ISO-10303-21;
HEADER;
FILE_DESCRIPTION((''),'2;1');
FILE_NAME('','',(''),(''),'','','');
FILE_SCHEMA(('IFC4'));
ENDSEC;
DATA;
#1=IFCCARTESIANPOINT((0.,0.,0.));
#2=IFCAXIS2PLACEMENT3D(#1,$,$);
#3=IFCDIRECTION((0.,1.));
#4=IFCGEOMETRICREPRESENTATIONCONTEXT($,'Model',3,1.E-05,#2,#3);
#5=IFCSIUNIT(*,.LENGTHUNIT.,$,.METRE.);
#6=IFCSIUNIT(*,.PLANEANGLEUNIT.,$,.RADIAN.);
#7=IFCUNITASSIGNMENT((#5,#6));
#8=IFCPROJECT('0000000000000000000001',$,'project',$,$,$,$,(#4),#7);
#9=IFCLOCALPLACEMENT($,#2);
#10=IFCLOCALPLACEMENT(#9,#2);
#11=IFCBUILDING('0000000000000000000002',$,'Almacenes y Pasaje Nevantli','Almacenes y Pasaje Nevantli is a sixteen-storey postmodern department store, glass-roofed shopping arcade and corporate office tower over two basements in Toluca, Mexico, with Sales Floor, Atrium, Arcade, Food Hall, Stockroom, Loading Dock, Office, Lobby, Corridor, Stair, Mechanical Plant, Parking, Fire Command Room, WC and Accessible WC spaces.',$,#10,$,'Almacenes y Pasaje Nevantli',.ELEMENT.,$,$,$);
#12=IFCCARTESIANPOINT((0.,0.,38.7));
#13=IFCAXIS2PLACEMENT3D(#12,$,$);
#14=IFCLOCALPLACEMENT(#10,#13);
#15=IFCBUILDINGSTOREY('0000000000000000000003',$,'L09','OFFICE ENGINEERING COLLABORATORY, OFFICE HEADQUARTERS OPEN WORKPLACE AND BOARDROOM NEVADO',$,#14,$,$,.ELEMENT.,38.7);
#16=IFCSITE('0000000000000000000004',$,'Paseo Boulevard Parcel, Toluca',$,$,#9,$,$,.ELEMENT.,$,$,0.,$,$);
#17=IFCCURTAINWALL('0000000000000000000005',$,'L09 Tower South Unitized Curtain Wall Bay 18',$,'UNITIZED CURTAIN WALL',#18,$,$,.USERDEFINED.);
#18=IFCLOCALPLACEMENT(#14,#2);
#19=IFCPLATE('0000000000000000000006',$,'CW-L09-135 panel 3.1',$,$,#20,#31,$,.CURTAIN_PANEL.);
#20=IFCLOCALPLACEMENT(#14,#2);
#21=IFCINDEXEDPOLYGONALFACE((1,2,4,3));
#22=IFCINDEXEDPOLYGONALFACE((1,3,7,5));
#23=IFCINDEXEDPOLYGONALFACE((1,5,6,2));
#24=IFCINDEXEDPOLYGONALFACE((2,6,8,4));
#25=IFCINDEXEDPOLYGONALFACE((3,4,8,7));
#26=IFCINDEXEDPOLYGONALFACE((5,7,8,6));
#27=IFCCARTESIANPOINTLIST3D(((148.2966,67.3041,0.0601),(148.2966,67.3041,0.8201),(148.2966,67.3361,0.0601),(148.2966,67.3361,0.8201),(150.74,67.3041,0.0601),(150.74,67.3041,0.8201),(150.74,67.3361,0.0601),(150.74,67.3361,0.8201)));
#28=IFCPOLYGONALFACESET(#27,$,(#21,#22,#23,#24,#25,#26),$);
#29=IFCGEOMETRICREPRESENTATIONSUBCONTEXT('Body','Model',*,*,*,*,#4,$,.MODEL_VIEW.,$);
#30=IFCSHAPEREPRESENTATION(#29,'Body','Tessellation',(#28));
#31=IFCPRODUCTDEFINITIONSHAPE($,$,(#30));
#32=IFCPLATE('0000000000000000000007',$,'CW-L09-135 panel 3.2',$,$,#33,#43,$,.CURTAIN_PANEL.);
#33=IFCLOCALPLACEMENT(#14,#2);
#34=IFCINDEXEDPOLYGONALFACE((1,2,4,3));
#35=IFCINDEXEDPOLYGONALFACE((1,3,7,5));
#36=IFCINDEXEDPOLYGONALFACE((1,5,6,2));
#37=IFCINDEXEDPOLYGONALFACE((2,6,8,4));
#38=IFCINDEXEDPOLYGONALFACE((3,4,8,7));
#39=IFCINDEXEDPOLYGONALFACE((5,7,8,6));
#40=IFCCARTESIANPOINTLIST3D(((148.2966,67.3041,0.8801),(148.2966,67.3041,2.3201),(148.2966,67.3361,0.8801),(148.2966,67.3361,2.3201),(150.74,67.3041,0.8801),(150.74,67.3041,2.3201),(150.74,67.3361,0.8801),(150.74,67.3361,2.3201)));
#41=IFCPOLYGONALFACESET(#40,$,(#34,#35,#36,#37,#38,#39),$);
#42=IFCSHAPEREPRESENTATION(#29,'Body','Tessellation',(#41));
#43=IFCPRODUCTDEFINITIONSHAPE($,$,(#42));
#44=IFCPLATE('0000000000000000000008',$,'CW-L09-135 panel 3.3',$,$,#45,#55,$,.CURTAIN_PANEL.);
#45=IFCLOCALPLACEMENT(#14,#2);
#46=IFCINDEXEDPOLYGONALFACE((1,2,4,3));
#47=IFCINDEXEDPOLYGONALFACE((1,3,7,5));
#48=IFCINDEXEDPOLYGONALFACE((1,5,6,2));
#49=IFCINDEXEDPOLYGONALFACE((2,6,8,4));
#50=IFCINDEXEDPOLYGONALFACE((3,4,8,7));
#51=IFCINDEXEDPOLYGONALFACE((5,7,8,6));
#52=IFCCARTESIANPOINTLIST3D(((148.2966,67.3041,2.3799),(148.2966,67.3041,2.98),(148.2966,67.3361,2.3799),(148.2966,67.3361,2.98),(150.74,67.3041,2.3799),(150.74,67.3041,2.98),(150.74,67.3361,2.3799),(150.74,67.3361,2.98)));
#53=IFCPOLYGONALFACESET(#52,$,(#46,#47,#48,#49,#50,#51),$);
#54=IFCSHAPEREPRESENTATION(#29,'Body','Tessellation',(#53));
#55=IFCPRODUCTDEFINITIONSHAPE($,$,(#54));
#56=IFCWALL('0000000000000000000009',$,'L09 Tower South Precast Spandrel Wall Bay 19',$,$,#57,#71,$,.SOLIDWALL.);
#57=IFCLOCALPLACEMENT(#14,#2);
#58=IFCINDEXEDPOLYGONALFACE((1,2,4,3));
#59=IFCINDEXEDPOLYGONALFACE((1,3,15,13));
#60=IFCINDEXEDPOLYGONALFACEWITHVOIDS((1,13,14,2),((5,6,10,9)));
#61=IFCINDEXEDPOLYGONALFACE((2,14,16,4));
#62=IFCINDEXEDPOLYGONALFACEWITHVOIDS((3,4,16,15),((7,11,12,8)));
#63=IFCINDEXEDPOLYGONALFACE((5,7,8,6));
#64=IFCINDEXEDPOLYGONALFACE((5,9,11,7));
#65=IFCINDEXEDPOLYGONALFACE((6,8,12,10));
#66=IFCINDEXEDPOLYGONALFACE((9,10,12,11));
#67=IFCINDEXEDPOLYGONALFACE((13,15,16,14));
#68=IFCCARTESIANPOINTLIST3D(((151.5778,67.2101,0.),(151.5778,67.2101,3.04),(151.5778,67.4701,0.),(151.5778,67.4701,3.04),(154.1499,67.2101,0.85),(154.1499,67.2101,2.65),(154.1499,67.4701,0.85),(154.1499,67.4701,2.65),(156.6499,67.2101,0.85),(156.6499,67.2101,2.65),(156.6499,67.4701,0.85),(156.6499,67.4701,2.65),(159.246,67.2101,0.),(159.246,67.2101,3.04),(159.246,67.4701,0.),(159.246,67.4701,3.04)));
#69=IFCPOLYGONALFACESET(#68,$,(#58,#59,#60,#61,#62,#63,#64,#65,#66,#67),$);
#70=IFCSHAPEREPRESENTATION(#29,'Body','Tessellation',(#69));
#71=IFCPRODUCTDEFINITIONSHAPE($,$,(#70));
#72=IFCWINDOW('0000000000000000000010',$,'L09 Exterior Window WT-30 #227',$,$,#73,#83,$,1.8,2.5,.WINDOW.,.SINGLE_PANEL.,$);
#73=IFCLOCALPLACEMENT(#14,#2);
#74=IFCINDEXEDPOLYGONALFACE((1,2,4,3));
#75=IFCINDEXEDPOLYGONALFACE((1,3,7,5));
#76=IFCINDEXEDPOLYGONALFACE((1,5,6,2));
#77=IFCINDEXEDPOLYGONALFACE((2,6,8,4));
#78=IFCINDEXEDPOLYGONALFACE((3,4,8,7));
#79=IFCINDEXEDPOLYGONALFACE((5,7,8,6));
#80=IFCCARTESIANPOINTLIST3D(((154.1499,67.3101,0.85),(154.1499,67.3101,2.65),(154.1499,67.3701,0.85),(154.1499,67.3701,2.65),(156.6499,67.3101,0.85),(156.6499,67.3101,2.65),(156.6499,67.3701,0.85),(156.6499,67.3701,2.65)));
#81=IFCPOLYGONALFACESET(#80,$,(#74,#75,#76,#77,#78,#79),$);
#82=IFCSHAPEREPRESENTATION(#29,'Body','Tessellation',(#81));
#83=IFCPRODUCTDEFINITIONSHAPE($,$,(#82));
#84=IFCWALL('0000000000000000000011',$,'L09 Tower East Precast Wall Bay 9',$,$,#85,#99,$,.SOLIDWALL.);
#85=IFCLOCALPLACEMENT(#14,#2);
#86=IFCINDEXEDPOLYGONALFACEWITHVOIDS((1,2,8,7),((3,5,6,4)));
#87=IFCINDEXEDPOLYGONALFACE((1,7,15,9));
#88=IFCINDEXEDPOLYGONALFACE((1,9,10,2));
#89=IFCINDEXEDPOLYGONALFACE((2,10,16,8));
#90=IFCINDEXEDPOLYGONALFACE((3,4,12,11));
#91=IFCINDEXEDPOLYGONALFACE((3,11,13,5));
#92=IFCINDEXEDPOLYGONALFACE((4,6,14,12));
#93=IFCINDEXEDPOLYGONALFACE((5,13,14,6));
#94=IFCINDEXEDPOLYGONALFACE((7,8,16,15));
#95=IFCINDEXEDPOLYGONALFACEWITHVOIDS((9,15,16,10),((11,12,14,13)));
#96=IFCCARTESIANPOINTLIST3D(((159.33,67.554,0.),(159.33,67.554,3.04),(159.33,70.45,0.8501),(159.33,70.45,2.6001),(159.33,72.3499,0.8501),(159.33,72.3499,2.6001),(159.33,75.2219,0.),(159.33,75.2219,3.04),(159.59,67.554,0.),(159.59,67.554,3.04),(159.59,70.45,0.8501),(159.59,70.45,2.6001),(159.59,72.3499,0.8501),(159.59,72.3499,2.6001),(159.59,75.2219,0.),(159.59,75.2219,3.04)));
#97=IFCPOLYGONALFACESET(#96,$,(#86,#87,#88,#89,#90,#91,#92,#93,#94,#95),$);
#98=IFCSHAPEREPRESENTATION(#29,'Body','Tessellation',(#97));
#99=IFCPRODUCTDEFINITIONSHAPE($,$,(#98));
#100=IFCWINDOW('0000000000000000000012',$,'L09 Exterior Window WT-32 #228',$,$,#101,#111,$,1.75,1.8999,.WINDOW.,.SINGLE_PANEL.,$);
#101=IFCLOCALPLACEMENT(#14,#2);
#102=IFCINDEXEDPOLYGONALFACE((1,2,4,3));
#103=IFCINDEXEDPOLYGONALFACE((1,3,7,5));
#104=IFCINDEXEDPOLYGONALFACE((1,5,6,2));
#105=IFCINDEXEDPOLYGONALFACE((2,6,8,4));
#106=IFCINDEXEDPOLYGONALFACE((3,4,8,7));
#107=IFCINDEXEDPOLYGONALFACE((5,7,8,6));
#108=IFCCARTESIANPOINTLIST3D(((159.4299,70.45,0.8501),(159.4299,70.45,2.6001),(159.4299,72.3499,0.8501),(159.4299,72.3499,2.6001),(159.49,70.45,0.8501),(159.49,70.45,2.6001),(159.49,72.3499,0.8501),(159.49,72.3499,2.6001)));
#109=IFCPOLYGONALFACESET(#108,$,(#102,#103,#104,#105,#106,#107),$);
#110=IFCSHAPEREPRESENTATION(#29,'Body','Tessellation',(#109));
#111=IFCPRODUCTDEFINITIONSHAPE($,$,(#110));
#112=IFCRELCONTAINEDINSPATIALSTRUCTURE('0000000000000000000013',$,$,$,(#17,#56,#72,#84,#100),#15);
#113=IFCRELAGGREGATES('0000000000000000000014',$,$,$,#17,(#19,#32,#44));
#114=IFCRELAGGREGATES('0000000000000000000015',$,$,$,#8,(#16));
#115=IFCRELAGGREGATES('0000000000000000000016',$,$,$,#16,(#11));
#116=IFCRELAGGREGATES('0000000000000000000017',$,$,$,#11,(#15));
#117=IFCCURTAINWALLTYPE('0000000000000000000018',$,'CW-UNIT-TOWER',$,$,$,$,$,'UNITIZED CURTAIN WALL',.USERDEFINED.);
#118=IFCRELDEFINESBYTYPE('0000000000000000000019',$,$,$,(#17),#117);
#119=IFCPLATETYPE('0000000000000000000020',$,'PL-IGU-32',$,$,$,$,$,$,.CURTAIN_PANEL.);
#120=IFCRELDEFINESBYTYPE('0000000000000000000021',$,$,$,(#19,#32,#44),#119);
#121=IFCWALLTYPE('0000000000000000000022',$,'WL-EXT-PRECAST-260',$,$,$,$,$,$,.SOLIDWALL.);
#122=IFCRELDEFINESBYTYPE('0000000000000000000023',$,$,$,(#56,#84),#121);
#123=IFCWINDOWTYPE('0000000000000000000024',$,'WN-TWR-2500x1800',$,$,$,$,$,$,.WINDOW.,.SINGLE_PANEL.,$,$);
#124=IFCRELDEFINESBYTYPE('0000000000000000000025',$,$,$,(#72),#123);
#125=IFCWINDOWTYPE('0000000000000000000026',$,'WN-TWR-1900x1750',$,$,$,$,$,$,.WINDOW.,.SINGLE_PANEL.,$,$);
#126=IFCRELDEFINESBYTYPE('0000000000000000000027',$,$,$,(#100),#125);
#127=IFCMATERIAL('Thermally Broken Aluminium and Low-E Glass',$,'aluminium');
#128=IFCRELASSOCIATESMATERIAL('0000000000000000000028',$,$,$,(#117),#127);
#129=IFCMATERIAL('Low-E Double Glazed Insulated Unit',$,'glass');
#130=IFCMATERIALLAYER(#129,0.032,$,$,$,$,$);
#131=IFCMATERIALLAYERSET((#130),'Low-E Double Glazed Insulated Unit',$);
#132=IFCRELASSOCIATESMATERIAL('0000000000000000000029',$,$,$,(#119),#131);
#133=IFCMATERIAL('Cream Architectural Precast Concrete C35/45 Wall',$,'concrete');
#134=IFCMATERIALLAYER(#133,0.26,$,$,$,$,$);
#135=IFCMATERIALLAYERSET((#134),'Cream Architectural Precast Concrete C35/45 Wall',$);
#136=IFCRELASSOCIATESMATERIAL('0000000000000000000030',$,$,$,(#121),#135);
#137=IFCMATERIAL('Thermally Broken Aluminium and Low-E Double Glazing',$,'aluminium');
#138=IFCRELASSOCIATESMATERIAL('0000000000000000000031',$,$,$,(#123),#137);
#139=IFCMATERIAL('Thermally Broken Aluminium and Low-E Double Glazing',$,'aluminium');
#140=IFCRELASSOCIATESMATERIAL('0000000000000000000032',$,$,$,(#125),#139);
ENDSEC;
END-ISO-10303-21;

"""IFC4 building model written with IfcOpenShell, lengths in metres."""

from ifc_helpers import new_model, si_unit, direction, frame, frame_2d, origin, origin_2d, place, context, subcontext, project, spatial, rectangle, extrude, material, layer, layer_set, type_object, element, fill, aggregate, save


model = new_model("IFC4")

# Units and contexts
model_context = context("Model", 3, precision=1e-05, world=origin(), true_north=direction((0.0, 1.0)))
body_context = subcontext(model_context, "Body", "Model", "MODEL_VIEW")
ifc_project = project(units=[si_unit("LENGTHUNIT", "METRE"), si_unit("PLANEANGLEUNIT", "RADIAN")], contexts=[model_context])

# Site, building, storey
site_placement = place(None, origin())
site = spatial("IfcSite", under=ifc_project, at=site_placement, Name="Paseo Boulevard Parcel, Toluca", CompositionType="ELEMENT", RefElevation=0.0)
building_placement = place(site_placement, origin())
building = spatial("IfcBuilding", under=site, at=building_placement, Name="Almacenes y Pasaje Nevantli", Description="Almacenes y Pasaje Nevantli is a sixteen-storey postmodern department store, glass-roofed shopping arcade and corporate office tower over two basements in Toluca, Mexico, with Sales Floor, Atrium, Arcade, Food Hall, Stockroom, Loading Dock, Office, Lobby, Corridor, Stair, Mechanical Plant, Parking, Fire Command Room, WC and Accessible WC spaces.", LongName="Almacenes y Pasaje Nevantli", CompositionType="ELEMENT")
storey_placement = place(building_placement, frame((0.0, 0.0, 38.7)))
storey = spatial("IfcBuildingStorey", under=building, at=storey_placement, Name="L09", Description="OFFICE ENGINEERING COLLABORATORY, OFFICE HEADQUARTERS OPEN WORKPLACE AND BOARDROOM NEVADO", CompositionType="ELEMENT", Elevation=38.7)

# Curtain wall
ifc_material_1 = material(Name="Thermally Broken Aluminium and Low-E Glass", Category="aluminium")
curtain_wall_type = type_object("IfcCurtainWallType", Name="CW-UNIT-TOWER", ElementType="UNITIZED CURTAIN WALL", PredefinedType="USERDEFINED", material=ifc_material_1)
curtain_wall_1_placement = place(storey_placement, origin())
curtain_wall_1 = element("IfcCurtainWall", 1, at=curtain_wall_1_placement, inside=storey, type_object=curtain_wall_type, Name="L09 Tower South Unitized Curtain Wall Bay 18", ObjectType="UNITIZED CURTAIN WALL", PredefinedType="USERDEFINED")

# Plates
ifc_material_2 = material(Name="Low-E Double Glazed Insulated Unit", Category="glass")
ifc_layer_1 = layer(ifc_material_2, 0.032)
ifc_layer_set_1 = layer_set([ifc_layer_1], Name="Low-E Double Glazed Insulated Unit")
plate_type = type_object("IfcPlateType", Name="PL-IGU-32", PredefinedType="CURTAIN_PANEL", material=ifc_layer_set_1)
plate_1_placement = place(storey_placement, frame((149.5183, 67.3201, 0.0601), z_axis=(0.0, 0.0, 1.0), x_axis=(1.0, 0.0, 0.0)))
plate_1 = element("IfcPlate", 2, at=plate_1_placement, type_object=plate_type, Name="CW-L09-135 panel 3.1", PredefinedType="CURTAIN_PANEL", context=body_context, shape_type="SweptSolid", body=[
    extrude(rectangle(XDim=2.4434, YDim=0.032, at=origin_2d()), origin(), (0.0, 0.0, 1.0), 0.76),
])
plate_2_placement = place(storey_placement, frame((149.5183, 67.3201, 0.8801), z_axis=(0.0, 0.0, 1.0), x_axis=(1.0, 0.0, 0.0)))
plate_2 = element("IfcPlate", 3, at=plate_2_placement, type_object=plate_type, Name="CW-L09-135 panel 3.2", PredefinedType="CURTAIN_PANEL", context=body_context, shape_type="SweptSolid", body=[
    extrude(rectangle(XDim=2.4434, YDim=0.032, at=origin_2d()), origin(), (0.0, 0.0, 1.0), 1.4399),
])
plate_3_placement = place(storey_placement, frame((149.5183, 67.3201, 2.3799), z_axis=(0.0, 0.0, 1.0), x_axis=(1.0, 0.0, 0.0)))
plate_3 = element("IfcPlate", 4, at=plate_3_placement, type_object=plate_type, Name="CW-L09-135 panel 3.3", PredefinedType="CURTAIN_PANEL", context=body_context, shape_type="SweptSolid", body=[
    extrude(rectangle(XDim=2.4434, YDim=0.032, at=origin_2d()), origin(), (0.0, 0.0, 1.0), 0.6001),
])
aggregate(curtain_wall_1, [plate_1, plate_2, plate_3])

# Walls, openings, windows
ifc_material_3 = material(Name="Cream Architectural Precast Concrete C35/45 Wall", Category="concrete")
ifc_layer_2 = layer(ifc_material_3, 0.26)
ifc_layer_set_2 = layer_set([ifc_layer_2], Name="Cream Architectural Precast Concrete C35/45 Wall")
wall_type = type_object("IfcWallType", Name="WL-EXT-PRECAST-260", PredefinedType="SOLIDWALL", material=ifc_layer_set_2)
wall_1_placement = place(storey_placement, frame((151.5779, 67.3401, 0.0), z_axis=(0.0, 0.0, 1.0), x_axis=(1.0, 0.0, 0.0)))
wall_1 = element("IfcWall", 5, at=wall_1_placement, inside=storey, type_object=wall_type, Name="L09 Tower South Precast Spandrel Wall Bay 19", PredefinedType="SOLIDWALL", context=body_context, shape_type="SweptSolid", body=[
    extrude(rectangle(XDim=7.6682, YDim=0.26, at=frame_2d((3.834, 0.0))), origin(), (0.0, 0.0, 1.0), 3.04),
])
opening_1_placement = place(wall_1_placement, frame((2.572, 0.0, 0.8501)))
opening_1 = element("IfcOpeningElement", 6, at=opening_1_placement, cuts=wall_1, PredefinedType="OPENING", context=body_context, shape_type="SweptSolid", body=[
    extrude(rectangle(XDim=2.5, YDim=1.8, at=frame_2d((1.25, 0.8999))), frame((0.0, 0.1399, 0.0), z_axis=(0.0, -1.0, 0.0), x_axis=(1.0, 0.0, 0.0)), (0.0, 0.0, 1.0), 0.28),
])
ifc_material_4 = material(Name="Thermally Broken Aluminium and Low-E Double Glazing", Category="aluminium")
window_type_1 = type_object("IfcWindowType", Name="WN-TWR-2500x1800", PartitioningType="SINGLE_PANEL", PredefinedType="WINDOW", material=ifc_material_4)
window_1_placement = place(opening_1_placement, origin())
window_1 = element("IfcWindow", 7, at=window_1_placement, inside=storey, type_object=window_type_1, Name="L09 Exterior Window WT-30 #227", OverallHeight=1.8, OverallWidth=2.5, PartitioningType="SINGLE_PANEL", PredefinedType="WINDOW", context=body_context, shape_type="SweptSolid", body=[
    extrude(rectangle(XDim=2.5, YDim=1.8, at=frame_2d((1.25, 0.8999))), frame((0.0, 0.03, 0.0), z_axis=(0.0, -1.0, 0.0), x_axis=(1.0, 0.0, 0.0)), (0.0, 0.0, 1.0), 0.0601),
])
fill(opening_1, window_1)
wall_2_placement = place(storey_placement, frame((159.46, 67.554, 0.0), z_axis=(0.0, 0.0, 1.0), x_axis=(0.0, 1.0, 0.0)))
wall_2 = element("IfcWall", 8, at=wall_2_placement, inside=storey, type_object=wall_type, Name="L09 Tower East Precast Wall Bay 9", PredefinedType="SOLIDWALL", context=body_context, shape_type="SweptSolid", body=[
    extrude(rectangle(XDim=7.668, YDim=0.26, at=frame_2d((3.834, 0.0))), origin(), (0.0, 0.0, 1.0), 3.04),
])
opening_2_placement = place(wall_2_placement, frame((2.896, 0.0, 0.8501)))
opening_2 = element("IfcOpeningElement", 9, at=opening_2_placement, cuts=wall_2, PredefinedType="OPENING", context=body_context, shape_type="SweptSolid", body=[
    extrude(rectangle(XDim=1.8999, YDim=1.75, at=frame_2d((0.95, 0.875))), frame((0.0, 0.1399, 0.0), z_axis=(0.0, -1.0, 0.0), x_axis=(1.0, 0.0, 0.0)), (0.0, 0.0, 1.0), 0.28),
])
ifc_material_5 = material(Name="Thermally Broken Aluminium and Low-E Double Glazing", Category="aluminium")
window_type_2 = type_object("IfcWindowType", Name="WN-TWR-1900x1750", PartitioningType="SINGLE_PANEL", PredefinedType="WINDOW", material=ifc_material_5)
window_2_placement = place(opening_2_placement, origin())
window_2 = element("IfcWindow", 10, at=window_2_placement, inside=storey, type_object=window_type_2, Name="L09 Exterior Window WT-32 #228", OverallHeight=1.75, OverallWidth=1.8999, PartitioningType="SINGLE_PANEL", PredefinedType="WINDOW", context=body_context, shape_type="SweptSolid", body=[
    extrude(rectangle(XDim=1.8999, YDim=1.75, at=frame_2d((0.95, 0.875))), frame((0.0, 0.03, 0.0), z_axis=(0.0, -1.0, 0.0), x_axis=(1.0, 0.0, 0.0)), (0.0, 0.0, 1.0), 0.0601),
])
fill(opening_2, window_2)

save(model, "model.ifc")
